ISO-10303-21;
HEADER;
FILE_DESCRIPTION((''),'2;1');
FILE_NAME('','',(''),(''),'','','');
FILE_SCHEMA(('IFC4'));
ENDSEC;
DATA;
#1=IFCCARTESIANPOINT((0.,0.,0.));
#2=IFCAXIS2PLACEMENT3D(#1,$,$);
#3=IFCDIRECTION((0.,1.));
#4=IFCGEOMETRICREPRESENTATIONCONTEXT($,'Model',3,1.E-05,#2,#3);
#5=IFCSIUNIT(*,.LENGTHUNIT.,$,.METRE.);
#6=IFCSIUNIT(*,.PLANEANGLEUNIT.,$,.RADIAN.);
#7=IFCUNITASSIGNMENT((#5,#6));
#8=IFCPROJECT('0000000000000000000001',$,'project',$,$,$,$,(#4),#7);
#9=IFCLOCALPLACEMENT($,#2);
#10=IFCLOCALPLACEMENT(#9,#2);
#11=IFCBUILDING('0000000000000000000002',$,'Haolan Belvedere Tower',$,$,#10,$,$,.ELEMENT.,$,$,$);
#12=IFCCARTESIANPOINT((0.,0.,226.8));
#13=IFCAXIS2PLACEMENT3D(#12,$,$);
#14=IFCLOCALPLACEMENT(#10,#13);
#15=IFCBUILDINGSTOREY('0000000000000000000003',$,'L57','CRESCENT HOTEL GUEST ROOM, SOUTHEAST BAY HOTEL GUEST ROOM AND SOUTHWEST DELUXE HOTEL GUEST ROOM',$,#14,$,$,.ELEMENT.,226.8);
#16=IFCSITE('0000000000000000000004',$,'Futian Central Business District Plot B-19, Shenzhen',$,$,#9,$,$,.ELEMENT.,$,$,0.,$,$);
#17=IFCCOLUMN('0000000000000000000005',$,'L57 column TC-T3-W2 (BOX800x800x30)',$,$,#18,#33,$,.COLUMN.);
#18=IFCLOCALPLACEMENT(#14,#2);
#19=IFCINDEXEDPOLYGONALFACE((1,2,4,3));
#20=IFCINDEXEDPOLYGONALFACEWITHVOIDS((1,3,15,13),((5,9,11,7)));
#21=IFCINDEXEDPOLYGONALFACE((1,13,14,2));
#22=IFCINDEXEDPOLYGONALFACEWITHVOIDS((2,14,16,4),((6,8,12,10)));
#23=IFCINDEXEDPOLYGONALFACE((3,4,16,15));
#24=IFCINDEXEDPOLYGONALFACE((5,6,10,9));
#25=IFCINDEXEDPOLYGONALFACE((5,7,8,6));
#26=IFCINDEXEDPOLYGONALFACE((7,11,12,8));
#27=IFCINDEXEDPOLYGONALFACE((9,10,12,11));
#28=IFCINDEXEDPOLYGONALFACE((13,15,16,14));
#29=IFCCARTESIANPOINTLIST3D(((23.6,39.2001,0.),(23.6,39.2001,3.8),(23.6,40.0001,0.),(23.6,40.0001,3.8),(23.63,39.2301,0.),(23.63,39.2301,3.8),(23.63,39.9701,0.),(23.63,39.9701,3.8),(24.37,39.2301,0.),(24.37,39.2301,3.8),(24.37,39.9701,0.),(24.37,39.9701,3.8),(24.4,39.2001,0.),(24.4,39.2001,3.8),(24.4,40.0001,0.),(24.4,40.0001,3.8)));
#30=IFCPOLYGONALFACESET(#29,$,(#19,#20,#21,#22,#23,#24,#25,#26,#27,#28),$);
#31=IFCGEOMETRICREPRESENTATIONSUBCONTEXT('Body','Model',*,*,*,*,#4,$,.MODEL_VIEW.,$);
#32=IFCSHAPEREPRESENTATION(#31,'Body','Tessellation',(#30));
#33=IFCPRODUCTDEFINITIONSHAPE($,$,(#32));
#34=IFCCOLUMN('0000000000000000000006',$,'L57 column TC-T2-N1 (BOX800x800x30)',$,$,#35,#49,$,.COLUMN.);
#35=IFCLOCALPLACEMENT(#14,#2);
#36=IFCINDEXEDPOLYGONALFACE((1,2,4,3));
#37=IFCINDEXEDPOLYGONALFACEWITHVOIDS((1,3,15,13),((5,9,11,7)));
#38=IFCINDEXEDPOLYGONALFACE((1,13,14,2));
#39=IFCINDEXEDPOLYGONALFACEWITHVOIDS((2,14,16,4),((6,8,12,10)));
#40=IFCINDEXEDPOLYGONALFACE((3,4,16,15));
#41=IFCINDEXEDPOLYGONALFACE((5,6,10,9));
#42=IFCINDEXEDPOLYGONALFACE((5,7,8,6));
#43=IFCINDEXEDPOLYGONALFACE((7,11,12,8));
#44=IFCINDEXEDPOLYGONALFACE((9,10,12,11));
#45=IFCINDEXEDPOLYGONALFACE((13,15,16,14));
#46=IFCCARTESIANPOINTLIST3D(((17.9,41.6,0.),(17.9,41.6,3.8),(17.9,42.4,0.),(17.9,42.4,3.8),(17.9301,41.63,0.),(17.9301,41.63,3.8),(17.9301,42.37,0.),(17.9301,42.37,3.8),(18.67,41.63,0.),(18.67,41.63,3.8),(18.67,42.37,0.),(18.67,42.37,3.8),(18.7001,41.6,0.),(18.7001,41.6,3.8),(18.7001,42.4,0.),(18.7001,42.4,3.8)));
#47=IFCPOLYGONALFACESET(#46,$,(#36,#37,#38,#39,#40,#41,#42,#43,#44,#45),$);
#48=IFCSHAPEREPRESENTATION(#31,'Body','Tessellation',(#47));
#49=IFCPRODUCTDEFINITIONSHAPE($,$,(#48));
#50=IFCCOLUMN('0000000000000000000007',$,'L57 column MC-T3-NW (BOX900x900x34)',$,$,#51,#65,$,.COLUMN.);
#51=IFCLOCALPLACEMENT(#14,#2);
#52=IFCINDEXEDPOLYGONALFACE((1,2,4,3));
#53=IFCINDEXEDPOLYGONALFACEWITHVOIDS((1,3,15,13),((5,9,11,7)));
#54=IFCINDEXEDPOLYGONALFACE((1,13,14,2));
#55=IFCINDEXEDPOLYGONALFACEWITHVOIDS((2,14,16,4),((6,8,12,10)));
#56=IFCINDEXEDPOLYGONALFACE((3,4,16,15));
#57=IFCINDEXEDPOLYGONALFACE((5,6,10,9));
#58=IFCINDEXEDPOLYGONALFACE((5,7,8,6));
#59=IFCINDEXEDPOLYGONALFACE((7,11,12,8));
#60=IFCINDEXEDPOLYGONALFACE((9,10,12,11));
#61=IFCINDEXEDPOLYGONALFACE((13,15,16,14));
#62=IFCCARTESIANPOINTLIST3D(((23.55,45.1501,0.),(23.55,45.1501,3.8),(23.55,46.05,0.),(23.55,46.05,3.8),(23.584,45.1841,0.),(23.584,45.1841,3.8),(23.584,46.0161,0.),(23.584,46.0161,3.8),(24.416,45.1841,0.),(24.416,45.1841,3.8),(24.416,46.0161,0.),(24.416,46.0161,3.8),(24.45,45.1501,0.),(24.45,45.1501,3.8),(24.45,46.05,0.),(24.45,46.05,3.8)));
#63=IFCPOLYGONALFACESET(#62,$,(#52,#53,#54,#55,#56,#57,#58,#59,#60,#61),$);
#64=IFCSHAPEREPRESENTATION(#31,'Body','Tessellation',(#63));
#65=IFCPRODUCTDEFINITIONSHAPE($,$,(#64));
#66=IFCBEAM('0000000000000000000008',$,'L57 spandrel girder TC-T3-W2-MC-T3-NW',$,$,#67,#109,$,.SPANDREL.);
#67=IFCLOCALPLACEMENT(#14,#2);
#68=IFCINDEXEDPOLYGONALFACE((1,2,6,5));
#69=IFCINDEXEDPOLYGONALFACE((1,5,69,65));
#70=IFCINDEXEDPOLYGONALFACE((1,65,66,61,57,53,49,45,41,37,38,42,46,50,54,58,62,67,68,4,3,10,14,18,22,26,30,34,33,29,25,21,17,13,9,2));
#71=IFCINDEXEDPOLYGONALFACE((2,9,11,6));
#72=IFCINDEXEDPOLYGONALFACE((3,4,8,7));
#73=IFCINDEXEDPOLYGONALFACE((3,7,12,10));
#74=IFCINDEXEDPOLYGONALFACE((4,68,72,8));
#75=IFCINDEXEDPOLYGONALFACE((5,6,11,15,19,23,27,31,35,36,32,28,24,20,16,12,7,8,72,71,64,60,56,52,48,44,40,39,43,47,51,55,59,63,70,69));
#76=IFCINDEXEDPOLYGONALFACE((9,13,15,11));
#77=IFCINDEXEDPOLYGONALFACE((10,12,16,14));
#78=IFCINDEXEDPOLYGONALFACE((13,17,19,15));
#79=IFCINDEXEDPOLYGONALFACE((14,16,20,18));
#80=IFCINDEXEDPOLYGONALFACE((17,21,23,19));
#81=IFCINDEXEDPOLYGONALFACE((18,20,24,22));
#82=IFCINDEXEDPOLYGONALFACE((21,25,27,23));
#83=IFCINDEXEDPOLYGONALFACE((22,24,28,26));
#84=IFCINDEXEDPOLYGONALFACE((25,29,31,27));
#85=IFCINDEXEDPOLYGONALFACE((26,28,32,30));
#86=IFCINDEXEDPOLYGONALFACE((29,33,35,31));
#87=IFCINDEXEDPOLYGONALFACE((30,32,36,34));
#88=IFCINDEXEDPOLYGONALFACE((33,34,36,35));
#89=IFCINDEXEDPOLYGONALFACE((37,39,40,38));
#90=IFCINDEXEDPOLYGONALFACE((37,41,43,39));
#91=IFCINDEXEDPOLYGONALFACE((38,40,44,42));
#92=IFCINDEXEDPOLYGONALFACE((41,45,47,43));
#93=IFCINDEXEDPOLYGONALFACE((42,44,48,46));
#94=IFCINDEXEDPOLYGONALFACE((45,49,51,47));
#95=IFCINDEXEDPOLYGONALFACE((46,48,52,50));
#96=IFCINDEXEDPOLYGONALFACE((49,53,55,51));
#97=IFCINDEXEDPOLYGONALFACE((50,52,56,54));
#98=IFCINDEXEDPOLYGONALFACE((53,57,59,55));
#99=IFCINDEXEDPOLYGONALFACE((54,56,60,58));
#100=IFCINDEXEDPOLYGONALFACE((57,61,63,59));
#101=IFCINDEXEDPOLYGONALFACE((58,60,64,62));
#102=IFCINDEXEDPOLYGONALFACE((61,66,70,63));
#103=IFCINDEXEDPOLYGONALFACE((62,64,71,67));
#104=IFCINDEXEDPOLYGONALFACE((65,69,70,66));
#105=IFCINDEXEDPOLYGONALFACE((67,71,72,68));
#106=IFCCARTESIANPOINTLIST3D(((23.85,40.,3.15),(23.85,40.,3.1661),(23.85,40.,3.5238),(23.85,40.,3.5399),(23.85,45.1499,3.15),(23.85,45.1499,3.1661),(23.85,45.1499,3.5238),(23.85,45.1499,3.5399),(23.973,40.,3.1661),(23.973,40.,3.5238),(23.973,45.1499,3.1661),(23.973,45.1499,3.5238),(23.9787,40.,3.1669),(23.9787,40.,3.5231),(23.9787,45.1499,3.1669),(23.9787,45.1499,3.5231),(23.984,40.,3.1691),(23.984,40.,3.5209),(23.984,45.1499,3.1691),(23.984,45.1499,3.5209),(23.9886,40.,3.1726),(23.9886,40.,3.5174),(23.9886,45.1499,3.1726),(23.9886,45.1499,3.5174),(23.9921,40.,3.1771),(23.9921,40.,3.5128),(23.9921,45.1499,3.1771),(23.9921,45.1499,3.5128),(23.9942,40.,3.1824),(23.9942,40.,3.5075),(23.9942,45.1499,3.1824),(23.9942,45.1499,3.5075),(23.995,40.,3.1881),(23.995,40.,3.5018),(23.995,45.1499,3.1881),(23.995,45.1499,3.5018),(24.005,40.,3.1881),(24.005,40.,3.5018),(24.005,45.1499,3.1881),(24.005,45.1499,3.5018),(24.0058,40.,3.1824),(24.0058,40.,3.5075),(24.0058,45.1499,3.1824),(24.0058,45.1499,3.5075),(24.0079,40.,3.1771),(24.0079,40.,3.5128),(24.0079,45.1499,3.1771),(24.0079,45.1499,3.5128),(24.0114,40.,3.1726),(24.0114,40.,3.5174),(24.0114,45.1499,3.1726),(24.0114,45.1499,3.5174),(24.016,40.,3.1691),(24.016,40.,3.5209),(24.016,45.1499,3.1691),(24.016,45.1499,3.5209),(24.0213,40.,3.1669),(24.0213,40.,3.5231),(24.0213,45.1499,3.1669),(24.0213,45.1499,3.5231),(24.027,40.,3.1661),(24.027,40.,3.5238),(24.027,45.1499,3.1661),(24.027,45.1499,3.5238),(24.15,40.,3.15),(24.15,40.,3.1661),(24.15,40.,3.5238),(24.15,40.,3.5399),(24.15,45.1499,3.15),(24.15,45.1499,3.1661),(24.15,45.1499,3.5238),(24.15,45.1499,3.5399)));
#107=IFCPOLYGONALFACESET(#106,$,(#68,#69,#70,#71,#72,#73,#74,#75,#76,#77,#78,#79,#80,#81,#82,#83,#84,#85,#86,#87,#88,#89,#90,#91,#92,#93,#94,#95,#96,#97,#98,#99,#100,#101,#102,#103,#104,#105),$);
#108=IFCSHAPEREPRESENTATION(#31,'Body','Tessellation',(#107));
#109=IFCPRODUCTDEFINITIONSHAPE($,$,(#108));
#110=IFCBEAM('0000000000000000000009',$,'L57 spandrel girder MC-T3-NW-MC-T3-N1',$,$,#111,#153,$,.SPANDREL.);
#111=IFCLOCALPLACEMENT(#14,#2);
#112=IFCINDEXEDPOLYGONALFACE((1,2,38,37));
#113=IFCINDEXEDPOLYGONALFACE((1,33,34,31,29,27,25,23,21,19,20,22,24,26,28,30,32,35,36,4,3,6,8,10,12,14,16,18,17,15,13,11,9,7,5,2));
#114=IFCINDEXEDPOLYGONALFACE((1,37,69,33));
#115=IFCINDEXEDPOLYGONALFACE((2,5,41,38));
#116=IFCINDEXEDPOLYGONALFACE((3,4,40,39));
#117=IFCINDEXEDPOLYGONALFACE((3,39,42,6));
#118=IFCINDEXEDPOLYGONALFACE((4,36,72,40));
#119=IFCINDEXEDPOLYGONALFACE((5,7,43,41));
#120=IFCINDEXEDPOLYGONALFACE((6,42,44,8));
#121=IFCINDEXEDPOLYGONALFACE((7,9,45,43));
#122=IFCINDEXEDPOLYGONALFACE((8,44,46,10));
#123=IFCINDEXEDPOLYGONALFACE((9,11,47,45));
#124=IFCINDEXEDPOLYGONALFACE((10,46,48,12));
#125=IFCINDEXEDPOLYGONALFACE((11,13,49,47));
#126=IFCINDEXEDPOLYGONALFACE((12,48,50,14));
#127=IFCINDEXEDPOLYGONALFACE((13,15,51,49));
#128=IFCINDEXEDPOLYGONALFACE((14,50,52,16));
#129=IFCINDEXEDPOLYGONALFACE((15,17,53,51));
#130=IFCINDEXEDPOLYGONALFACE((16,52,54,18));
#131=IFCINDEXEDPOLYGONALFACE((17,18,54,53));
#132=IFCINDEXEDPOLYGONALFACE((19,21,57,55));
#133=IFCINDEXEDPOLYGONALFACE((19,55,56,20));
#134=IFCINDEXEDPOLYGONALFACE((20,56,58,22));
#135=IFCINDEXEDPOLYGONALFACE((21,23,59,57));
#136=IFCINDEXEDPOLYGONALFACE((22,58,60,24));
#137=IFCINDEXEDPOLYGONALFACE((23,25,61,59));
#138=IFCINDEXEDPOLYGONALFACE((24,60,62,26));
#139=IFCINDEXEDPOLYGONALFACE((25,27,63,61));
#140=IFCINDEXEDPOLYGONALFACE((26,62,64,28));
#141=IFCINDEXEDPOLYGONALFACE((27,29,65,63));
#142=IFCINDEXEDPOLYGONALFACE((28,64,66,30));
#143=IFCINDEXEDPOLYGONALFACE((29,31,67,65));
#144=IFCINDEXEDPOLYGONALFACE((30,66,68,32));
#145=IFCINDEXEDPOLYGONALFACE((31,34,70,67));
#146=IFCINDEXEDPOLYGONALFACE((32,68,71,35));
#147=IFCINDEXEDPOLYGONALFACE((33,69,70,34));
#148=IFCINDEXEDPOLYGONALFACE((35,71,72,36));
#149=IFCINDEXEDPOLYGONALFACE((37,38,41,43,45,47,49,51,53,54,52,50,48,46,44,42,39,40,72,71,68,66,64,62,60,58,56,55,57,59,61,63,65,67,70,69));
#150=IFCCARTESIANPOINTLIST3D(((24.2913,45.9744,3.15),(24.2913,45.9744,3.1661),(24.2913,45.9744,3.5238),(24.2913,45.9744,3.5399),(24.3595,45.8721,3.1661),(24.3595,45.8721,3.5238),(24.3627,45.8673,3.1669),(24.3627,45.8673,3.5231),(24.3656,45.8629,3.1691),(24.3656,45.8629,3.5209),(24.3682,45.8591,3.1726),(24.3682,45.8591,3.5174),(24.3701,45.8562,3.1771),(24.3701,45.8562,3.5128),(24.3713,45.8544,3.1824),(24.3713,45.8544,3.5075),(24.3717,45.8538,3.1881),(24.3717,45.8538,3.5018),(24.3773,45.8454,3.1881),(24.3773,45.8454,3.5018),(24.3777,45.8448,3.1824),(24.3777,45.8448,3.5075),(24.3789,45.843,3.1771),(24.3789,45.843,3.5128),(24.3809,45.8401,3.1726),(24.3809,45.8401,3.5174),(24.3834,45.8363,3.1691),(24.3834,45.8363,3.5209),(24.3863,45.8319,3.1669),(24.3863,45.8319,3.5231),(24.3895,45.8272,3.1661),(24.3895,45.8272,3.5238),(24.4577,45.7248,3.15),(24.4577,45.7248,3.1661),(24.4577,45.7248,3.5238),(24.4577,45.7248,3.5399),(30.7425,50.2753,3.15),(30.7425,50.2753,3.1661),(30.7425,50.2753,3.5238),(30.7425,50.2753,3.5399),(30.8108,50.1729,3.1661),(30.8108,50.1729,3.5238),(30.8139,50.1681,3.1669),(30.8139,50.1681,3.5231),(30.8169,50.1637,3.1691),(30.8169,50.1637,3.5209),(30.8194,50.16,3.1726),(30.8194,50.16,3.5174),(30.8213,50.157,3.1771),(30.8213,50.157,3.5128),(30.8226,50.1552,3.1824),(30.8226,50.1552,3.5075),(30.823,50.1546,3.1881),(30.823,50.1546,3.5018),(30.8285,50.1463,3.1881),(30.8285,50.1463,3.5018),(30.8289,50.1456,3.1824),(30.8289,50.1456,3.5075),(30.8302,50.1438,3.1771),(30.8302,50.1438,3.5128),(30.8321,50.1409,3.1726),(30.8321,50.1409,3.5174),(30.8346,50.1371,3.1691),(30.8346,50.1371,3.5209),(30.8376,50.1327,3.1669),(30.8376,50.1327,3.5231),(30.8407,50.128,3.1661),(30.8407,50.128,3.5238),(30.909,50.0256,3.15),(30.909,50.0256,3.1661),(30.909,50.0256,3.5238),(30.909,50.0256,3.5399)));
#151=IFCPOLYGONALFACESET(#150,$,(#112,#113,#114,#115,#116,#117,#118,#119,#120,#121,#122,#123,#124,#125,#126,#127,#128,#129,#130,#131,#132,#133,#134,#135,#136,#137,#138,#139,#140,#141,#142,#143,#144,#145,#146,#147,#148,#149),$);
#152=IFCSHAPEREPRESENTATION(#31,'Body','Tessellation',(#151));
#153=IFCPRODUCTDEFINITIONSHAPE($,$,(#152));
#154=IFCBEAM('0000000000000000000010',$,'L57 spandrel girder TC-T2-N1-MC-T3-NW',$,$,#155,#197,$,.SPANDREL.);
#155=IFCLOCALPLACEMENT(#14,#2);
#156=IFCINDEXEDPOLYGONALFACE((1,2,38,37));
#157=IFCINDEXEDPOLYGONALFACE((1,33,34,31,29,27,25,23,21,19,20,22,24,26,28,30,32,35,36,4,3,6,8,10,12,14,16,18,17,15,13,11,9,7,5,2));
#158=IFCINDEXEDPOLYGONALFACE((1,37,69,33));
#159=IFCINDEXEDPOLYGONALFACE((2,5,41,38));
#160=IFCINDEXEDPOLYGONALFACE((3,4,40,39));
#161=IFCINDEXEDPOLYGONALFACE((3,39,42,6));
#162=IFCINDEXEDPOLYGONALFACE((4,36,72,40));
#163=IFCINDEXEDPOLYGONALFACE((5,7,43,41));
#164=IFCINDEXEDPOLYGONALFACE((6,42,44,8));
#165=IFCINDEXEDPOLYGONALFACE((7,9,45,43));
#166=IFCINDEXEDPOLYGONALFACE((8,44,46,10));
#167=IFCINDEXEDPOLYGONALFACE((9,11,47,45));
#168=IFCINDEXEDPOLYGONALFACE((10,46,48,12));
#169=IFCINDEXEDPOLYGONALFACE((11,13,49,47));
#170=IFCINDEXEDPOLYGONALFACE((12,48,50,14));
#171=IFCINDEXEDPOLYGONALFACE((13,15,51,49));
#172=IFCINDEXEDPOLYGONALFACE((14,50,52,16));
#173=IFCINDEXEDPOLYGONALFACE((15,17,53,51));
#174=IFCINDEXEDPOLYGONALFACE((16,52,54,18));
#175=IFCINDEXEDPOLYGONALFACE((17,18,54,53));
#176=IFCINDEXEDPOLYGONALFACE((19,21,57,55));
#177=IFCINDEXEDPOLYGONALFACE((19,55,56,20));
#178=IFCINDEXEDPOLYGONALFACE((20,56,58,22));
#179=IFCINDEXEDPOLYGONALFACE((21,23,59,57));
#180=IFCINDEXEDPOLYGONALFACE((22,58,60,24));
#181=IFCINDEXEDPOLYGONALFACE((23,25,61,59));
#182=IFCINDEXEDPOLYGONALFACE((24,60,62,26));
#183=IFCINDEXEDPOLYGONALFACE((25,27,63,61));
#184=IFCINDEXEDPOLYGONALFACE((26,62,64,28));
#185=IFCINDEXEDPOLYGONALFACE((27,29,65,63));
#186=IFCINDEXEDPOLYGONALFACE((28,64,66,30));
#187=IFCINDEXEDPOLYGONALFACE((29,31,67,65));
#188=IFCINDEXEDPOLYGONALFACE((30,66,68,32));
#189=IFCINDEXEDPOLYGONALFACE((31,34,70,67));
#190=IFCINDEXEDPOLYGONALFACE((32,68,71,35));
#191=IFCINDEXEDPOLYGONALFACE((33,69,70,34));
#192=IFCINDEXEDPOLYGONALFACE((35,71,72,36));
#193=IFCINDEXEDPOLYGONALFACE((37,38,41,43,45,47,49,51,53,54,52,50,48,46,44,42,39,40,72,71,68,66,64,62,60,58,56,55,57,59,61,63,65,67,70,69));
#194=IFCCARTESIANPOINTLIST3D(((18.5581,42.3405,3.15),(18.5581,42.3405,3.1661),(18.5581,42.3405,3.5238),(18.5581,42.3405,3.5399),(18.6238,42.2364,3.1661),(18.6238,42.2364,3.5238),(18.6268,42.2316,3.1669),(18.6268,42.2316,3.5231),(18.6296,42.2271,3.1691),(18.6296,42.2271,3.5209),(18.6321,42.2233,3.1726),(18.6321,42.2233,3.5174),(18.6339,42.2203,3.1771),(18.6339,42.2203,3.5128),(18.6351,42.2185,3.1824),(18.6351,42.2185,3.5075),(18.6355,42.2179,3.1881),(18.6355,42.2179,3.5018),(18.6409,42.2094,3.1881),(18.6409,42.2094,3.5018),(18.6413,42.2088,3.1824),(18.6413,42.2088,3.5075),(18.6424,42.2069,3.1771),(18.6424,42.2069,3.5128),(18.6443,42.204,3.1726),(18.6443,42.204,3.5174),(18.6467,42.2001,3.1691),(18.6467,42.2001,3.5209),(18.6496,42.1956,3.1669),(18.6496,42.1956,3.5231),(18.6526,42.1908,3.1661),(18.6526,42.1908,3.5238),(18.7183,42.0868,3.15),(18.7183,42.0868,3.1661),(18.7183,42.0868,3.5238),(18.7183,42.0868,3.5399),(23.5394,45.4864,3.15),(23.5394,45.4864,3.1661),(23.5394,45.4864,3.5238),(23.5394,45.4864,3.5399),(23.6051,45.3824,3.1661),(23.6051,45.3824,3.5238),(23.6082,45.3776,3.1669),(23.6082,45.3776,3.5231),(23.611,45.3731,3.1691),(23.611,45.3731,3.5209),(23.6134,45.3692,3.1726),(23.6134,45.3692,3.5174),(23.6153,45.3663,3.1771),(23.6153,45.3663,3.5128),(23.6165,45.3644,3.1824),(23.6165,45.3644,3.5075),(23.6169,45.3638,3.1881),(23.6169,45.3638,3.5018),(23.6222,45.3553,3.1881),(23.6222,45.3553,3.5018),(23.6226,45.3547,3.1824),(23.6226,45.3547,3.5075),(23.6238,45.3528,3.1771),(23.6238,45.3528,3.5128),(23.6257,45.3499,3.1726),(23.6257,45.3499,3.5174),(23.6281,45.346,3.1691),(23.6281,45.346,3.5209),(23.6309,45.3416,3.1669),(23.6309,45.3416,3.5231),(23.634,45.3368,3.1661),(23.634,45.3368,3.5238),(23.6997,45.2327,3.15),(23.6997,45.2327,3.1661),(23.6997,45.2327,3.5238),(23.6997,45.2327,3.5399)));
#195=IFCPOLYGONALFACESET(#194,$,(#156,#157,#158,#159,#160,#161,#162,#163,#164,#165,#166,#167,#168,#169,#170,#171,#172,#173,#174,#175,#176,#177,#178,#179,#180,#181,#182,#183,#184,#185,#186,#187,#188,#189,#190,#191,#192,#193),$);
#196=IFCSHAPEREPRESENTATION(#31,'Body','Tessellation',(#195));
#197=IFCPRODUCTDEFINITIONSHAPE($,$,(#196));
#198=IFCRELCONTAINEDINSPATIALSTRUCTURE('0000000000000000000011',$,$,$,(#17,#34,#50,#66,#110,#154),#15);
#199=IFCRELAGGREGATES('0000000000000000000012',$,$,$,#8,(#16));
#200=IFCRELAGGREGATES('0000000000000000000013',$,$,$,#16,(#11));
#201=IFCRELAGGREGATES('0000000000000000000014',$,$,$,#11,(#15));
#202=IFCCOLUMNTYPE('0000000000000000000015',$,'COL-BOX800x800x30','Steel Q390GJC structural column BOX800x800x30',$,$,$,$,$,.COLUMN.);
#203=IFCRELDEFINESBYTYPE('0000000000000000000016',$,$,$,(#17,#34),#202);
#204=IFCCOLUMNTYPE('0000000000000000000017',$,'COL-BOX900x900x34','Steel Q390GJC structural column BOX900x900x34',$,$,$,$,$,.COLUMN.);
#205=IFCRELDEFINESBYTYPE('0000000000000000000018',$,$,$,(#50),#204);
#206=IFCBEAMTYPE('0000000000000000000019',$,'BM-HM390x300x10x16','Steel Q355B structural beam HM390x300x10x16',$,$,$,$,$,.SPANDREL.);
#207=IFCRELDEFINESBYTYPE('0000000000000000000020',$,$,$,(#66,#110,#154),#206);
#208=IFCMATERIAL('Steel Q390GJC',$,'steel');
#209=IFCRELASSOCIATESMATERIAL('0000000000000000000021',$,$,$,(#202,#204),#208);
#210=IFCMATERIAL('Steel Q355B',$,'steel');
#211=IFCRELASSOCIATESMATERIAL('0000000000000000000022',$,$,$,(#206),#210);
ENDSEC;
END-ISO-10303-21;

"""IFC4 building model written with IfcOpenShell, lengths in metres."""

from ifc_helpers import new_model, si_unit, direction, frame, origin, origin_2d, place, context, subcontext, project, spatial, hollow_rectangle, i_section, extrude, material, material_profile, profile_set, type_object, element, save


model = new_model("IFC4")

# Units and contexts
model_context = context("Model", 3, precision=1e-05, world=origin(), true_north=direction((0.0, 1.0)))
body_context = subcontext(model_context, "Body", "Model", "MODEL_VIEW")
ifc_project = project(units=[si_unit("LENGTHUNIT", "METRE"), si_unit("PLANEANGLEUNIT", "RADIAN")], contexts=[model_context])

# Site, building, storey
site_placement = place(None, origin())
site = spatial("IfcSite", under=ifc_project, at=site_placement, Name="Futian Central Business District Plot B-19, Shenzhen", CompositionType="ELEMENT", RefElevation=0.0)
building_placement = place(site_placement, origin())
building = spatial("IfcBuilding", under=site, at=building_placement, Name="Haolan Belvedere Tower", CompositionType="ELEMENT")
storey_placement = place(building_placement, frame((0.0, 0.0, 226.8)))
storey = spatial("IfcBuildingStorey", under=building, at=storey_placement, Name="L57", Description="CRESCENT HOTEL GUEST ROOM, SOUTHEAST BAY HOTEL GUEST ROOM AND SOUTHWEST DELUXE HOTEL GUEST ROOM", CompositionType="ELEMENT", Elevation=226.8)

# Columns
ifc_material_1 = material(Name="Steel Q390GJC", Category="steel")
ifc_material_profile_1 = material_profile(ifc_material_1, hollow_rectangle(XDim=0.8, YDim=0.8, WallThickness=0.03, at=origin_2d()), Name="Steel Q390GJC")
ifc_profile_set_1 = profile_set([ifc_material_profile_1], Name="Steel Q390GJC")
column_type_1 = type_object("IfcColumnType", Name="COL-BOX800x800x30", Description="Steel Q390GJC structural column BOX800x800x30", PredefinedType="COLUMN", material=ifc_profile_set_1)
for number, where, z_axis, x_axis, name in (
    (1, (24.0, 39.6001, 0.0), (0.0, 0.0, 1.0), (1.0, 0.0, 0.0), "L57 column TC-T3-W2 (BOX800x800x30)"),
    (2, (18.3, 42.0, 0.0), (0.0, 0.0, 1.0), (1.0, 0.0, 0.0), "L57 column TC-T2-N1 (BOX800x800x30)"),
):
    element("IfcColumn", number, at=place(storey_placement, frame(where, z_axis=z_axis, x_axis=x_axis)), inside=storey, type_object=column_type_1, Name=name, PredefinedType="COLUMN", context=body_context, shape_type="SweptSolid", body=[
        extrude(hollow_rectangle(XDim=0.8, YDim=0.8, WallThickness=0.03, at=origin_2d()), origin(), (0.0, 0.0, 1.0), 3.8),
    ])
ifc_material_profile_2 = material_profile(ifc_material_1, hollow_rectangle(XDim=0.8999, YDim=0.8999, WallThickness=0.0339, at=origin_2d()), Name="Steel Q390GJC")
ifc_profile_set_2 = profile_set([ifc_material_profile_2], Name="Steel Q390GJC")
column_type_2 = type_object("IfcColumnType", Name="COL-BOX900x900x34", Description="Steel Q390GJC structural column BOX900x900x34", PredefinedType="COLUMN", material=ifc_profile_set_2)
column_placement = place(storey_placement, frame((24.0, 45.6001, 0.0), z_axis=(0.0, 0.0, 1.0), x_axis=(1.0, 0.0, 0.0)))
element("IfcColumn", 3, at=column_placement, inside=storey, type_object=column_type_2, Name="L57 column MC-T3-NW (BOX900x900x34)", PredefinedType="COLUMN", context=body_context, shape_type="SweptSolid", body=[
    extrude(hollow_rectangle(XDim=0.8999, YDim=0.8999, WallThickness=0.0339, at=origin_2d()), origin(), (0.0, 0.0, 1.0), 3.8),
])

# Beams
ifc_material_2 = material(Name="Steel Q355B", Category="steel")
ifc_material_profile_3 = material_profile(ifc_material_2, i_section(OverallWidth=0.3, OverallDepth=0.3899, WebThickness=0.01, FlangeThickness=0.0161, FilletRadius=0.022, at=origin_2d()), Name="Steel Q355B")
ifc_profile_set_3 = profile_set([ifc_material_profile_3], Name="Steel Q355B")
beam_type_1 = type_object("IfcBeamType", Name="BM-HM390x300x10x16", Description="Steel Q355B structural beam HM390x300x10x16", PredefinedType="SPANDREL", material=ifc_profile_set_3)
beam_1_placement = place(storey_placement, frame((24.0, 40.0, 3.345), z_axis=(0.0, 1.0, 0.0), x_axis=(-1.0, 0.0, 0.0)))
element("IfcBeam", 4, at=beam_1_placement, inside=storey, type_object=beam_type_1, Name="L57 spandrel girder TC-T3-W2-MC-T3-NW", PredefinedType="SPANDREL", context=body_context, shape_type="SweptSolid", body=[
    extrude(i_section(OverallWidth=0.3, OverallDepth=0.3899, WebThickness=0.01, FlangeThickness=0.0161, FilletRadius=0.022, at=origin_2d()), origin(), (0.0, 0.0, 1.0), 5.1499),
])
beam_2_placement = place(storey_placement, frame((24.3745, 45.8496, 3.345), z_axis=(0.83205, 0.5547, 0.0), x_axis=(-0.5547, 0.83205, 0.0)))
element("IfcBeam", 5, at=beam_2_placement, inside=storey, type_object=beam_type_1, Name="L57 spandrel girder MC-T3-NW-MC-T3-N1", PredefinedType="SPANDREL", context=body_context, shape_type="SweptSolid", body=[
    extrude(i_section(OverallWidth=0.3, OverallDepth=0.3899, WebThickness=0.01, FlangeThickness=0.0161, FilletRadius=0.022, at=origin_2d()), origin(), (0.0, 0.0, 1.0), 7.7534),
])
beam_3_placement = place(storey_placement, frame((18.6382, 42.2136, 3.345), z_axis=(0.845503, 0.533971, 0.0), x_axis=(-0.533971, 0.845503, 0.0)))
element("IfcBeam", 6, at=beam_3_placement, inside=storey, type_object=beam_type_1, Name="L57 spandrel girder TC-T2-N1-MC-T3-NW", PredefinedType="SPANDREL", context=body_context, shape_type="SweptSolid", body=[
    extrude(i_section(OverallWidth=0.3, OverallDepth=0.3899, WebThickness=0.01, FlangeThickness=0.0161, FilletRadius=0.022, at=origin_2d()), origin(), (0.0, 0.0, 1.0), 5.8916),
])

save(model, "model.ifc")
